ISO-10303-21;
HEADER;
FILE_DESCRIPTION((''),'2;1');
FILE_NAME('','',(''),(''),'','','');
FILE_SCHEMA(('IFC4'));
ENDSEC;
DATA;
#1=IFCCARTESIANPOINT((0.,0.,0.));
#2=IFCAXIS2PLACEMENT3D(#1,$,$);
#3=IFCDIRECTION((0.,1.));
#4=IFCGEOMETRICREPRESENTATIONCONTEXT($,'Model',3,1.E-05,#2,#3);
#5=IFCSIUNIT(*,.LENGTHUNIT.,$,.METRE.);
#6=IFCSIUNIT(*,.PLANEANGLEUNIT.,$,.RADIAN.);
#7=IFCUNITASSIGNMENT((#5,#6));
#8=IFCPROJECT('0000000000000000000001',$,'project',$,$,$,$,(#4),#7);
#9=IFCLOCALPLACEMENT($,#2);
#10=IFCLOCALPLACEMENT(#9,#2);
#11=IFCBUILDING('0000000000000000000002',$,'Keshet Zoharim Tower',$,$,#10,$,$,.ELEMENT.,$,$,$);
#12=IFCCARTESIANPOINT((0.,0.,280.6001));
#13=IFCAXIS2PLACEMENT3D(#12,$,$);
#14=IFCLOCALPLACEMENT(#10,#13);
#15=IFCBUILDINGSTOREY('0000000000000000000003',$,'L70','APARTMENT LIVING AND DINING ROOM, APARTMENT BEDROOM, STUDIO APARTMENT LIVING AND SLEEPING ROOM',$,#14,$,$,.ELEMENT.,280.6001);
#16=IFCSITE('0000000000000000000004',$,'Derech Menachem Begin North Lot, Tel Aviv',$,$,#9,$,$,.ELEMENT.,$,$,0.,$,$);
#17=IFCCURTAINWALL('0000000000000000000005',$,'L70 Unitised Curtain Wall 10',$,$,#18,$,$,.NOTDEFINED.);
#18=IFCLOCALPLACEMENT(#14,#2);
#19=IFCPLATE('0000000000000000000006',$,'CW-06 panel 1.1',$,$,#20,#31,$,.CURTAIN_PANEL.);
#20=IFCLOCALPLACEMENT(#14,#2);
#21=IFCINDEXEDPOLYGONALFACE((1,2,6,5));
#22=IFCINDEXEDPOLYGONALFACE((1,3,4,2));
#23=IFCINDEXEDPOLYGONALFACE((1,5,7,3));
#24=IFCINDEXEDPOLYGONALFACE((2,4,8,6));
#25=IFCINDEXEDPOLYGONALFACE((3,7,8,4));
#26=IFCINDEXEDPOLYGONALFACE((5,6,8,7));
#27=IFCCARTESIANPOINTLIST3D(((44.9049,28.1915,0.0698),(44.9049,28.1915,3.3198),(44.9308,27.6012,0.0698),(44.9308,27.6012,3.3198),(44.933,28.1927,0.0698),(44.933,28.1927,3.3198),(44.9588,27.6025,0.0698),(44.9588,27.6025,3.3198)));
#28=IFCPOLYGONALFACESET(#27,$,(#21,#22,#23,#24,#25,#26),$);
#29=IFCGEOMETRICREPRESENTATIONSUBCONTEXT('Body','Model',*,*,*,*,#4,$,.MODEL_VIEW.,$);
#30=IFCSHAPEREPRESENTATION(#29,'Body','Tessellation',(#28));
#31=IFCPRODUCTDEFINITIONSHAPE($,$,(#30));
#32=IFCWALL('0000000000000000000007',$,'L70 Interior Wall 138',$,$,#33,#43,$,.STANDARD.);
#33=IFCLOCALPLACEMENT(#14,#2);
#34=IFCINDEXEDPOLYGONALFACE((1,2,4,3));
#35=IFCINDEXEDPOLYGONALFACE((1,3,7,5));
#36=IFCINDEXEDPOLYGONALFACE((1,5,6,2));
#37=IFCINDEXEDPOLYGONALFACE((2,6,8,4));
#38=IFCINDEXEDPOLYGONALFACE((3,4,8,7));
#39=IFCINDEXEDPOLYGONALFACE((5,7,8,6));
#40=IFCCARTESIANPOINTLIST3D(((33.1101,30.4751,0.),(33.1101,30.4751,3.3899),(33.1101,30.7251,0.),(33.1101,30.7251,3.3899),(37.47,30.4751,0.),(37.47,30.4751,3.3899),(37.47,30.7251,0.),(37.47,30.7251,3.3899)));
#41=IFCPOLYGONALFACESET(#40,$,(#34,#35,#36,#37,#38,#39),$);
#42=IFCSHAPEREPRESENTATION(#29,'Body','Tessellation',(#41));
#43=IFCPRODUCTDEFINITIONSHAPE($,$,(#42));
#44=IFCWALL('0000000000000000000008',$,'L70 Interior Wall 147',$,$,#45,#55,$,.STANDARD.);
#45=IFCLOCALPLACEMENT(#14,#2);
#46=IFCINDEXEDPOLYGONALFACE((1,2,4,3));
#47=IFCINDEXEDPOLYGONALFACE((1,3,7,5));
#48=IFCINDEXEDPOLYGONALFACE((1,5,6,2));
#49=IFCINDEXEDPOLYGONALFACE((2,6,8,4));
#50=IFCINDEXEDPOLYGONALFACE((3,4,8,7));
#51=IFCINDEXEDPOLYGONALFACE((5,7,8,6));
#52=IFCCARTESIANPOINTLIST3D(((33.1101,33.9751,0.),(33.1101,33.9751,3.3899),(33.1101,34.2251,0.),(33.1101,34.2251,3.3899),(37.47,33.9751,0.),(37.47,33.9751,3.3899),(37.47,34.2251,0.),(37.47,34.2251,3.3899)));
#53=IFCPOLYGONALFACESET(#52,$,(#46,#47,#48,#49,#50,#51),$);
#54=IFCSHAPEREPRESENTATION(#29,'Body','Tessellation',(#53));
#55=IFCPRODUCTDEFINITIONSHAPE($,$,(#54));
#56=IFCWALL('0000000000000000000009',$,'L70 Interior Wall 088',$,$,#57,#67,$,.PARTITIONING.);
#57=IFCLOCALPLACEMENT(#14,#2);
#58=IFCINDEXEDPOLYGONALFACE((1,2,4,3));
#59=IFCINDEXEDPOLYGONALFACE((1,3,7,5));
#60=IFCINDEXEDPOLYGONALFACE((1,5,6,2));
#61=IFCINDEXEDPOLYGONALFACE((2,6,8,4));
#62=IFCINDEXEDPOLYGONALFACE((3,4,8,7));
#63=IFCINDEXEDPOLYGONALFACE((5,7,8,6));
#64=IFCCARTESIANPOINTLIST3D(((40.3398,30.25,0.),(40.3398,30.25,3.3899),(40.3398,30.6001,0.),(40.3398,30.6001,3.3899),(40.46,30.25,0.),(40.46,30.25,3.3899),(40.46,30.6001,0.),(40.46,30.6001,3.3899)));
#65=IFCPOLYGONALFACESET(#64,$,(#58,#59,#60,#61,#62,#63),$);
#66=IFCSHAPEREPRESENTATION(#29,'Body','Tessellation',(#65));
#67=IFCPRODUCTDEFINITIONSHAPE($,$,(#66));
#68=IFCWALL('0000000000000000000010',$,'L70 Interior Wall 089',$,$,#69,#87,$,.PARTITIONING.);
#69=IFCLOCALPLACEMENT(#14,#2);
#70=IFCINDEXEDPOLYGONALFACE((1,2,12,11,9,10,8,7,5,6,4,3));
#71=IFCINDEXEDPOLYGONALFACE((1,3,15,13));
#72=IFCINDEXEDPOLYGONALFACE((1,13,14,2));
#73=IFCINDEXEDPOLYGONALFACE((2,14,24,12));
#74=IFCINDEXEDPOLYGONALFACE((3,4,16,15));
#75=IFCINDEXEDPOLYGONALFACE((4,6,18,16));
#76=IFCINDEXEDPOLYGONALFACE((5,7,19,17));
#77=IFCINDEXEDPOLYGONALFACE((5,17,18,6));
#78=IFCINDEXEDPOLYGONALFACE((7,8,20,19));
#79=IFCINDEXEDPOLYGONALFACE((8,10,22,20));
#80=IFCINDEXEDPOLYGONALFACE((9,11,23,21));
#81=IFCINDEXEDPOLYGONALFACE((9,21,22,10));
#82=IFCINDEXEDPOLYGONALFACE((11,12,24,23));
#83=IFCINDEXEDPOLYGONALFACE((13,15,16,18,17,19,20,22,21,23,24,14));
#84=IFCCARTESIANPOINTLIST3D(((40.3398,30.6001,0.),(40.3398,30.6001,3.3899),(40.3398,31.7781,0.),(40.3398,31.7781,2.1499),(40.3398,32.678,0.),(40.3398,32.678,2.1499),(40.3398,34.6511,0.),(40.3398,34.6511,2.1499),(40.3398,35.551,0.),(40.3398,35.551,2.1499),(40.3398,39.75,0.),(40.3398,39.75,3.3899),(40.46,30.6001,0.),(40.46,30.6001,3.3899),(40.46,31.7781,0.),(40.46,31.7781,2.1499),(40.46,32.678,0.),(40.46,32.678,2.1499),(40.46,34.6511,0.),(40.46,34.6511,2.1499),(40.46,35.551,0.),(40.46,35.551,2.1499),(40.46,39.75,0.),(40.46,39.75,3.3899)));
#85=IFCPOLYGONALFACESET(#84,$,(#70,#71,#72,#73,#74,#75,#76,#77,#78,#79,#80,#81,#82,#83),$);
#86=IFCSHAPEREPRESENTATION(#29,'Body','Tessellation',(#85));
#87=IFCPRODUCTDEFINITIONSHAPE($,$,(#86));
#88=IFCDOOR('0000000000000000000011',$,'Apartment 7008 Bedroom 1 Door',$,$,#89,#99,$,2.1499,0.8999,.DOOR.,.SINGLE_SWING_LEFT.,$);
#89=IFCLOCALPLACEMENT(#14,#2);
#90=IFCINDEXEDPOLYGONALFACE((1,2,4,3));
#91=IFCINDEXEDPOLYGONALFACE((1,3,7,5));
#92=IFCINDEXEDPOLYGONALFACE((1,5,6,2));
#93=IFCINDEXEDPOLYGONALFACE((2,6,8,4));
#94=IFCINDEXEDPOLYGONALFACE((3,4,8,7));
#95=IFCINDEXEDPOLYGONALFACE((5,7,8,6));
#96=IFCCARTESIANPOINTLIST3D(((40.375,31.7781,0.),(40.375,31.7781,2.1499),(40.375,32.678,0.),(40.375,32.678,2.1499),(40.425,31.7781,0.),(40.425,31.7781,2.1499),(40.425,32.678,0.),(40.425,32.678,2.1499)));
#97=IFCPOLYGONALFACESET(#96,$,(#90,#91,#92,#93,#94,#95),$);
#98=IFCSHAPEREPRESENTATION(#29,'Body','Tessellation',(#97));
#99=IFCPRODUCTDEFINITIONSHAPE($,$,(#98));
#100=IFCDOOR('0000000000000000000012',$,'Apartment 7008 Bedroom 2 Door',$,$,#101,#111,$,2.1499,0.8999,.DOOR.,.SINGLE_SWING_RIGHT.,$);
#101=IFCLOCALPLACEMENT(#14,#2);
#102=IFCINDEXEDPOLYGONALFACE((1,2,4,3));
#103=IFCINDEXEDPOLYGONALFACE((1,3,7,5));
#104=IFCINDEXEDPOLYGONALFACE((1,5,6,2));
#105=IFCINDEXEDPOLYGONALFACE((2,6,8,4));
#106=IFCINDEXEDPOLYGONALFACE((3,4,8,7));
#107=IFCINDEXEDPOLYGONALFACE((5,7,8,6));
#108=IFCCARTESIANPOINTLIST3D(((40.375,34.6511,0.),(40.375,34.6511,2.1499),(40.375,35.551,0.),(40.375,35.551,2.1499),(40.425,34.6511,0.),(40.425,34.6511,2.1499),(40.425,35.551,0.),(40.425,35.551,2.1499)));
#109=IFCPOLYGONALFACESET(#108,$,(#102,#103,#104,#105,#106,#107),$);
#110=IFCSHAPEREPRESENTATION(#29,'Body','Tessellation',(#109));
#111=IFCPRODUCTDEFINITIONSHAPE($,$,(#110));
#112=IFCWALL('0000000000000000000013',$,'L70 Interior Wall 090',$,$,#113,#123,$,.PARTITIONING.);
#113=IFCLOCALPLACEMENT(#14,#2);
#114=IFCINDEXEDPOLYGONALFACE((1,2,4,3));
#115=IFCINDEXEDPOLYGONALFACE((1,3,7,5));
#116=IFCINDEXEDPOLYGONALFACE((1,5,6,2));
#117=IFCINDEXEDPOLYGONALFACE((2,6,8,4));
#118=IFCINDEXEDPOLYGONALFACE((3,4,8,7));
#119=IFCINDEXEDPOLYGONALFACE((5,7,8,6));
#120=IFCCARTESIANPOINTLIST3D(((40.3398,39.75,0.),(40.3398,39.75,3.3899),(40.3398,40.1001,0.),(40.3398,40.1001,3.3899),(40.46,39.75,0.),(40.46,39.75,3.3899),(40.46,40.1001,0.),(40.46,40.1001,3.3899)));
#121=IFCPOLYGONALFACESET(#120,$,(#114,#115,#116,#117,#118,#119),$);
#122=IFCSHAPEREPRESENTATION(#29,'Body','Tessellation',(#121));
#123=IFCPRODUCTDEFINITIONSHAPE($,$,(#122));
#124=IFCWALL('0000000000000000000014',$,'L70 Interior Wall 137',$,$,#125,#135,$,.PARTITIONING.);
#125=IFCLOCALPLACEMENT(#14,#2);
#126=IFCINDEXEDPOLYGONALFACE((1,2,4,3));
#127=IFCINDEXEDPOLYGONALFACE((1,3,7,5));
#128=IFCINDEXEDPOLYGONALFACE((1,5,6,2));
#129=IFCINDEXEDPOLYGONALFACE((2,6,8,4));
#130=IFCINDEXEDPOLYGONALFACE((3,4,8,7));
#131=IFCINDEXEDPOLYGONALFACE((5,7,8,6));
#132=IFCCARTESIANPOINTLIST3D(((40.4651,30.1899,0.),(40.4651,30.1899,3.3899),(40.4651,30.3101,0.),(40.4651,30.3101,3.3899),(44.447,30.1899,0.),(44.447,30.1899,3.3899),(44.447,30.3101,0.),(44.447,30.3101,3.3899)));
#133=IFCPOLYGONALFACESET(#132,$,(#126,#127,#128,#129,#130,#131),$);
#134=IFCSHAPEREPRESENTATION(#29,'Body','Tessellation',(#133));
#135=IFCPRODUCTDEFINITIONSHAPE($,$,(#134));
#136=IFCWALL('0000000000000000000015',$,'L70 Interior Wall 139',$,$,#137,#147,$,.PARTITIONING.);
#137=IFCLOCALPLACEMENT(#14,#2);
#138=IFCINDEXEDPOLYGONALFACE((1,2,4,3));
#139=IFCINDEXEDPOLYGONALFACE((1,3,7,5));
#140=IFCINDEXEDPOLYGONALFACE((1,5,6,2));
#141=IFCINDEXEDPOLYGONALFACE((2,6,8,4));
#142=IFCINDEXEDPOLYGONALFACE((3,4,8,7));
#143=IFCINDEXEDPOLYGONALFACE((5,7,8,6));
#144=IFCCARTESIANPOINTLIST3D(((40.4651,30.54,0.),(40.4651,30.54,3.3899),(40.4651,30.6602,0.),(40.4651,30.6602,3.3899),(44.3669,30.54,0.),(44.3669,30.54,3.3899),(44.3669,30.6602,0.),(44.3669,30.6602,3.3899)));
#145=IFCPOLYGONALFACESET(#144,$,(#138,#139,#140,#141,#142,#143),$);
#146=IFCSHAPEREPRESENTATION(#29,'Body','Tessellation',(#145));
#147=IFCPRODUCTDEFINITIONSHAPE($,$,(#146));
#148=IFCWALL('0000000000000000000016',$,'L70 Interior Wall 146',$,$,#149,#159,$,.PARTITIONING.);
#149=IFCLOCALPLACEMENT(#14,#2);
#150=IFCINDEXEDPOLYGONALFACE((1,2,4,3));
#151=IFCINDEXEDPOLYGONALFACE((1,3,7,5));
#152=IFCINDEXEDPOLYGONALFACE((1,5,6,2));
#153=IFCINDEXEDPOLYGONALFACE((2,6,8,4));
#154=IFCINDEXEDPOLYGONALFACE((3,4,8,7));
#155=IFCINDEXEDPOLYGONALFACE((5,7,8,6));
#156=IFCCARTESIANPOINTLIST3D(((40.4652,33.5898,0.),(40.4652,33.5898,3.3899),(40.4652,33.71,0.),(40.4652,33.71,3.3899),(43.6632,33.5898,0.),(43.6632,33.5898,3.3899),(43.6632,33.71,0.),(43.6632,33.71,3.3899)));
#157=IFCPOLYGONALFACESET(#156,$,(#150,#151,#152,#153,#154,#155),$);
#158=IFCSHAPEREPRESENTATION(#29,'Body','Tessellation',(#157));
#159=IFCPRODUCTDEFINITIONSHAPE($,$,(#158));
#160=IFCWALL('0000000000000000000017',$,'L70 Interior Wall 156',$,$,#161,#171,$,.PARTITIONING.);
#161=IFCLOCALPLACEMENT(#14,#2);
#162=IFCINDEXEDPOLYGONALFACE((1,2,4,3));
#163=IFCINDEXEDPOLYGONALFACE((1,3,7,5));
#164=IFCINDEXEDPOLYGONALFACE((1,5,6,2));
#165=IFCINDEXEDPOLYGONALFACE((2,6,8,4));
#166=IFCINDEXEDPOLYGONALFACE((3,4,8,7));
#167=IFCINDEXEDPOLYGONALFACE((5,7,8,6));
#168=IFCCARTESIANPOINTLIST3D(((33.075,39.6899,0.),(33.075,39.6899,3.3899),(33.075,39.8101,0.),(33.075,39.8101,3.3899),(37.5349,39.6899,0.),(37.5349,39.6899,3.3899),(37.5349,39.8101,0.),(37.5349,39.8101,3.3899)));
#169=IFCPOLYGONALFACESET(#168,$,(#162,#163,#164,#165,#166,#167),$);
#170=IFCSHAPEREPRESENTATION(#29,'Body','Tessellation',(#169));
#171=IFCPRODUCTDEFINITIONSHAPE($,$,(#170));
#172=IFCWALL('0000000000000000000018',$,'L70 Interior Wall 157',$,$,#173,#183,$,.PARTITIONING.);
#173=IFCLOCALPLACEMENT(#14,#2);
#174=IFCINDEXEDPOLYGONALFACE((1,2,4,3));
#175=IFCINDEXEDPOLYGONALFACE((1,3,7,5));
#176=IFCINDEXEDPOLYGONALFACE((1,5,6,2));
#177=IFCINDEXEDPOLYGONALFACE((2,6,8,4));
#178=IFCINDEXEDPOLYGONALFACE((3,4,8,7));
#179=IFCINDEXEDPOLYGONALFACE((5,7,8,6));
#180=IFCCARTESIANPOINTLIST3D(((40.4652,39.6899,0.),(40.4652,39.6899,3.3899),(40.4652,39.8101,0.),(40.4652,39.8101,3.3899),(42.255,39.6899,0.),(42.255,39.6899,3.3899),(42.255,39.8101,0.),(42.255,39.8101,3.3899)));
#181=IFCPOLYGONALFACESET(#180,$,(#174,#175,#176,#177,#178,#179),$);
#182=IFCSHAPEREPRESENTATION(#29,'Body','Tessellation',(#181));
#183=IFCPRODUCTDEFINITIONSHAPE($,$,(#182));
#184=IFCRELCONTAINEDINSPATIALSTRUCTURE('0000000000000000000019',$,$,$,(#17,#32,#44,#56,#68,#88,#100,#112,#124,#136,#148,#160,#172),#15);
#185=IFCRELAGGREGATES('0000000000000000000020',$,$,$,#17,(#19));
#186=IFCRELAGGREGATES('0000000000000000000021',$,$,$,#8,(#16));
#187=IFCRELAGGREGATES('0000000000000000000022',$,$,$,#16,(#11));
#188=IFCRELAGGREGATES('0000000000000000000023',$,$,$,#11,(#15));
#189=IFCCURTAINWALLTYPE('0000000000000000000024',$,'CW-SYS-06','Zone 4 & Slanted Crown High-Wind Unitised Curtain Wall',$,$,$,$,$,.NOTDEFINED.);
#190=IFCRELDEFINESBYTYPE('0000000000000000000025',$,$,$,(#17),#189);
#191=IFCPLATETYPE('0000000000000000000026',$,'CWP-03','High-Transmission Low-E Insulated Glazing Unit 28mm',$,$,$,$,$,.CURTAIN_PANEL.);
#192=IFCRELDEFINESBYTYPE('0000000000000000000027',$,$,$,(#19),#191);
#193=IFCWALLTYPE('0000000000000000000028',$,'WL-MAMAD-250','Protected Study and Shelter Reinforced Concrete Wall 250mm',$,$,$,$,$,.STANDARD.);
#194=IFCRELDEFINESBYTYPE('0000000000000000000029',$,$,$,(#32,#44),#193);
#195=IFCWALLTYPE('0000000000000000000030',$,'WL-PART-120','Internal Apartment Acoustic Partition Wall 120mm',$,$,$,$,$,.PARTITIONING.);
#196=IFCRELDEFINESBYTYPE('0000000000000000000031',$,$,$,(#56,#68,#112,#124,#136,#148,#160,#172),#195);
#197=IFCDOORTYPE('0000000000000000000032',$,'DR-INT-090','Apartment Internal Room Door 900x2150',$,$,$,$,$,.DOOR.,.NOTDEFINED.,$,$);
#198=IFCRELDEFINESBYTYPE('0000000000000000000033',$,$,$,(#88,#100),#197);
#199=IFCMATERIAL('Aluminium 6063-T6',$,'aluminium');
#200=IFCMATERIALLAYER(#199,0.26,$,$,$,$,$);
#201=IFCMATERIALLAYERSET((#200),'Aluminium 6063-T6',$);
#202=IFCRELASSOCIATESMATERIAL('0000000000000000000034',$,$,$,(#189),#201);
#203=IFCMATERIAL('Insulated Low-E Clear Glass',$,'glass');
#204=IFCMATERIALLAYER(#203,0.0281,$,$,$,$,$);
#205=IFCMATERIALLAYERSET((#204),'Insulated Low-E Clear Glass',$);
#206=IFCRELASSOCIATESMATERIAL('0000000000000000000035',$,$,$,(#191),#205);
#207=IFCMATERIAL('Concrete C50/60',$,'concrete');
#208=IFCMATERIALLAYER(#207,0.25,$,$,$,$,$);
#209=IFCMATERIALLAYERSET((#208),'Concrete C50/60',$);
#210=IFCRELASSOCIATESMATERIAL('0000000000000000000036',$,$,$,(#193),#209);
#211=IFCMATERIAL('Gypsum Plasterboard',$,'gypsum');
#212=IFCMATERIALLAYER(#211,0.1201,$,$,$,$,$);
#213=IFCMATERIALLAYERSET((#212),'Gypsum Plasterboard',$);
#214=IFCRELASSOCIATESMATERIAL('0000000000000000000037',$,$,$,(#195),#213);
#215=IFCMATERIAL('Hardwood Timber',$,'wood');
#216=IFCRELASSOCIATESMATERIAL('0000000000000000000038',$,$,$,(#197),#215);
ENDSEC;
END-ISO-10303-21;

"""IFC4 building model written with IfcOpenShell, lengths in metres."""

from ifc_helpers import new_model, si_unit, direction, frame, frame_2d, origin, origin_2d, place, context, subcontext, project, spatial, rectangle, extrude, material, layer, layer_set, type_object, element, fill, aggregate, save


model = new_model("IFC4")

# Units and contexts
model_context = context("Model", 3, precision=1e-05, world=origin(), true_north=direction((0.0, 1.0)))
body_context = subcontext(model_context, "Body", "Model", "MODEL_VIEW")
ifc_project = project(units=[si_unit("LENGTHUNIT", "METRE"), si_unit("PLANEANGLEUNIT", "RADIAN")], contexts=[model_context])

# Site, building, storey
site_placement = place(None, origin())
site = spatial("IfcSite", under=ifc_project, at=site_placement, Name="Derech Menachem Begin North Lot, Tel Aviv", CompositionType="ELEMENT", RefElevation=0.0)
building_placement = place(site_placement, origin())
building = spatial("IfcBuilding", under=site, at=building_placement, Name="Keshet Zoharim Tower", CompositionType="ELEMENT")
storey_placement = place(building_placement, frame((0.0, 0.0, 280.6001)))
storey = spatial("IfcBuildingStorey", under=building, at=storey_placement, Name="L70", Description="APARTMENT LIVING AND DINING ROOM, APARTMENT BEDROOM, STUDIO APARTMENT LIVING AND SLEEPING ROOM", CompositionType="ELEMENT", Elevation=280.6001)

# Shared definitions
ifc_material_1 = material(Name="Aluminium 6063-T6", Category="aluminium")
ifc_layer_1 = layer(ifc_material_1, 0.26)
ifc_layer_set_1 = layer_set([ifc_layer_1], Name="Aluminium 6063-T6")
curtain_wall_type = type_object("IfcCurtainWallType", Name="CW-SYS-06", Description="Zone 4 & Slanted Crown High-Wind Unitised Curtain Wall", PredefinedType="NOTDEFINED", material=ifc_layer_set_1)

# Curtain wall
curtain_wall_1_placement = place(storey_placement, origin())
curtain_wall_1 = element("IfcCurtainWall", 1, at=curtain_wall_1_placement, inside=storey, type_object=curtain_wall_type, Name="L70 Unitised Curtain Wall 10", PredefinedType="NOTDEFINED")

# Plate
ifc_material_2 = material(Name="Insulated Low-E Clear Glass", Category="glass")
ifc_layer_2 = layer(ifc_material_2, 0.0281)
ifc_layer_set_2 = layer_set([ifc_layer_2], Name="Insulated Low-E Clear Glass")
plate_type = type_object("IfcPlateType", Name="CWP-03", Description="High-Transmission Low-E Insulated Glazing Unit 28mm", PredefinedType="CURTAIN_PANEL", material=ifc_layer_set_2)
plate_1_placement = place(storey_placement, frame((44.9319, 27.897, 0.0698), z_axis=(0.0, 0.0, 1.0), x_axis=(0.043794, -0.999041, 0.0)))
plate_1 = element("IfcPlate", 2, at=plate_1_placement, type_object=plate_type, Name="CW-06 panel 1.1", PredefinedType="CURTAIN_PANEL", context=body_context, shape_type="SweptSolid", body=[
    extrude(rectangle(XDim=0.5908, YDim=0.0281, at=origin_2d()), origin(), (0.0, 0.0, 1.0), 3.25),
])
aggregate(curtain_wall_1, [plate_1])

# Shared definitions
ifc_material_3 = material(Name="Concrete C50/60", Category="concrete")
ifc_layer_3 = layer(ifc_material_3, 0.25)
ifc_layer_set_3 = layer_set([ifc_layer_3], Name="Concrete C50/60")
wall_type_1 = type_object("IfcWallType", Name="WL-MAMAD-250", Description="Protected Study and Shelter Reinforced Concrete Wall 250mm", PredefinedType="STANDARD", material=ifc_layer_set_3)
ifc_material_4 = material(Name="Hardwood Timber", Category="wood")

# Walls
for number, where, z_axis, x_axis, name in (
    (3, (33.1101, 30.6001, 0.0), (0.0, 0.0, 1.0), (1.0, 0.0, 0.0), "L70 Interior Wall 138"),
    (4, (33.1101, 34.1001, 0.0), (0.0, 0.0, 1.0), (1.0, 0.0, 0.0), "L70 Interior Wall 147"),
):
    element("IfcWall", number, at=place(storey_placement, frame(where, z_axis=z_axis, x_axis=x_axis)), inside=storey, type_object=wall_type_1, Name=name, PredefinedType="STANDARD", context=body_context, shape_type="SweptSolid", body=[
        extrude(rectangle(XDim=4.3599, YDim=0.25, at=frame_2d((2.1799, 0.0))), origin(), (0.0, 0.0, 1.0), 3.3899),
    ])

# Shared definitions
ifc_material_5 = material(Name="Gypsum Plasterboard", Category="gypsum")
ifc_layer_4 = layer(ifc_material_5, 0.1201)
ifc_layer_set_4 = layer_set([ifc_layer_4], Name="Gypsum Plasterboard")
wall_type_2 = type_object("IfcWallType", Name="WL-PART-120", Description="Internal Apartment Acoustic Partition Wall 120mm", PredefinedType="PARTITIONING", material=ifc_layer_set_4)
door_type_1 = type_object("IfcDoorType", Name="DR-INT-090", Description="Apartment Internal Room Door 900x2150", OperationType="NOTDEFINED", PredefinedType="DOOR", material=ifc_material_4)

# Wall
wall_1_placement = place(storey_placement, frame((40.3999, 30.25, 0.0), z_axis=(0.0, 0.0, 1.0), x_axis=(0.0, 1.0, 0.0)))
element("IfcWall", 5, at=wall_1_placement, inside=storey, type_object=wall_type_2, Name="L70 Interior Wall 088", PredefinedType="PARTITIONING", context=body_context, shape_type="SweptSolid", body=[
    extrude(rectangle(XDim=0.3501, YDim=0.1201, at=frame_2d((0.175, 0.0))), origin(), (0.0, 0.0, 1.0), 3.3899),
])

# Wall, openings, doors
wall_2_placement = place(storey_placement, frame((40.3999, 30.6001, 0.0), z_axis=(0.0, 0.0, 1.0), x_axis=(0.0, 1.0, 0.0)))
wall_2 = element("IfcWall", 6, at=wall_2_placement, inside=storey, type_object=wall_type_2, Name="L70 Interior Wall 089", PredefinedType="PARTITIONING", context=body_context, shape_type="SweptSolid", body=[
    extrude(rectangle(XDim=9.1499, YDim=0.1201, at=frame_2d((4.575, 0.0))), origin(), (0.0, 0.0, 1.0), 3.3899),
])
opening_1_placement = place(wall_2_placement, frame((1.178, 0.0, 0.0)))
opening_1 = element("IfcOpeningElement", 7, at=opening_1_placement, cuts=wall_2, PredefinedType="OPENING", context=body_context, shape_type="SweptSolid", body=[
    extrude(rectangle(XDim=0.8999, YDim=2.1499, at=frame_2d((0.45, 1.075))), frame((0.0, 0.0701, 0.0), z_axis=(0.0, -1.0, 0.0), x_axis=(1.0, 0.0, 0.0)), (0.0, 0.0, 1.0), 0.1401),
])
opening_2_placement = place(wall_2_placement, frame((4.051, 0.0, 0.0)))
opening_2 = element("IfcOpeningElement", 8, at=opening_2_placement, cuts=wall_2, PredefinedType="OPENING", context=body_context, shape_type="SweptSolid", body=[
    extrude(rectangle(XDim=0.8999, YDim=2.1499, at=frame_2d((0.45, 1.075))), frame((0.0, 0.0701, 0.0), z_axis=(0.0, -1.0, 0.0), x_axis=(1.0, 0.0, 0.0)), (0.0, 0.0, 1.0), 0.1401),
])
door_1_placement = place(opening_1_placement, origin())
door_1 = element("IfcDoor", 9, at=door_1_placement, inside=storey, type_object=door_type_1, Name="Apartment 7008 Bedroom 1 Door", OperationType="SINGLE_SWING_LEFT", OverallHeight=2.1499, OverallWidth=0.8999, PredefinedType="DOOR", context=body_context, shape_type="SweptSolid", body=[
    extrude(rectangle(XDim=0.8999, YDim=2.1499, at=frame_2d((0.45, 1.075))), frame((0.0, 0.0249, 0.0), z_axis=(0.0, -1.0, 0.0), x_axis=(1.0, 0.0, 0.0)), (0.0, 0.0, 1.0), 0.05),
])
fill(opening_1, door_1)
door_2_placement = place(opening_2_placement, origin())
door_2 = element("IfcDoor", 10, at=door_2_placement, inside=storey, type_object=door_type_1, Name="Apartment 7008 Bedroom 2 Door", OperationType="SINGLE_SWING_RIGHT", OverallHeight=2.1499, OverallWidth=0.8999, PredefinedType="DOOR", context=body_context, shape_type="SweptSolid", body=[
    extrude(rectangle(XDim=0.8999, YDim=2.1499, at=frame_2d((0.45, 1.075))), frame((0.0, 0.0249, 0.0), z_axis=(0.0, -1.0, 0.0), x_axis=(1.0, 0.0, 0.0)), (0.0, 0.0, 1.0), 0.05),
])
fill(opening_2, door_2)

# Walls
wall_3_placement = place(storey_placement, frame((40.3999, 39.75, 0.0), z_axis=(0.0, 0.0, 1.0), x_axis=(0.0, 1.0, 0.0)))
element("IfcWall", 11, at=wall_3_placement, inside=storey, type_object=wall_type_2, Name="L70 Interior Wall 090", PredefinedType="PARTITIONING", context=body_context, shape_type="SweptSolid", body=[
    extrude(rectangle(XDim=0.3501, YDim=0.1201, at=frame_2d((0.175, 0.0))), origin(), (0.0, 0.0, 1.0), 3.3899),
])
wall_4_placement = place(storey_placement, frame((40.4651, 30.25, 0.0), z_axis=(0.0, 0.0, 1.0), x_axis=(1.0, 0.0, 0.0)))
element("IfcWall", 12, at=wall_4_placement, inside=storey, type_object=wall_type_2, Name="L70 Interior Wall 137", PredefinedType="PARTITIONING", context=body_context, shape_type="SweptSolid", body=[
    extrude(rectangle(XDim=3.9819, YDim=0.1201, at=frame_2d((1.991, 0.0))), origin(), (0.0, 0.0, 1.0), 3.3899),
])
wall_5_placement = place(storey_placement, frame((40.4651, 30.6001, 0.0), z_axis=(0.0, 0.0, 1.0), x_axis=(1.0, 0.0, 0.0)))
element("IfcWall", 13, at=wall_5_placement, inside=storey, type_object=wall_type_2, Name="L70 Interior Wall 139", PredefinedType="PARTITIONING", context=body_context, shape_type="SweptSolid", body=[
    extrude(rectangle(XDim=3.9019, YDim=0.1201, at=frame_2d((1.9509, 0.0))), origin(), (0.0, 0.0, 1.0), 3.3899),
])
wall_6_placement = place(storey_placement, frame((40.4651, 33.6499, 0.0), z_axis=(0.0, 0.0, 1.0), x_axis=(1.0, 0.0, 0.0)))
element("IfcWall", 14, at=wall_6_placement, inside=storey, type_object=wall_type_2, Name="L70 Interior Wall 146", PredefinedType="PARTITIONING", context=body_context, shape_type="SweptSolid", body=[
    extrude(rectangle(XDim=3.198, YDim=0.1201, at=frame_2d((1.5991, 0.0))), origin(), (0.0, 0.0, 1.0), 3.3899),
])
wall_7_placement = place(storey_placement, frame((33.075, 39.75, 0.0), z_axis=(0.0, 0.0, 1.0), x_axis=(1.0, 0.0, 0.0)))
element("IfcWall", 15, at=wall_7_placement, inside=storey, type_object=wall_type_2, Name="L70 Interior Wall 156", PredefinedType="PARTITIONING", context=body_context, shape_type="SweptSolid", body=[
    extrude(rectangle(XDim=4.46, YDim=0.1201, at=frame_2d((2.23, 0.0))), origin(), (0.0, 0.0, 1.0), 3.3899),
])
wall_8_placement = place(storey_placement, frame((40.4651, 39.75, 0.0), z_axis=(0.0, 0.0, 1.0), x_axis=(1.0, 0.0, 0.0)))
element("IfcWall", 16, at=wall_8_placement, inside=storey, type_object=wall_type_2, Name="L70 Interior Wall 157", PredefinedType="PARTITIONING", context=body_context, shape_type="SweptSolid", body=[
    extrude(rectangle(XDim=1.7898, YDim=0.1201, at=frame_2d((0.895, 0.0))), origin(), (0.0, 0.0, 1.0), 3.3899),
])

save(model, "model.ifc")
